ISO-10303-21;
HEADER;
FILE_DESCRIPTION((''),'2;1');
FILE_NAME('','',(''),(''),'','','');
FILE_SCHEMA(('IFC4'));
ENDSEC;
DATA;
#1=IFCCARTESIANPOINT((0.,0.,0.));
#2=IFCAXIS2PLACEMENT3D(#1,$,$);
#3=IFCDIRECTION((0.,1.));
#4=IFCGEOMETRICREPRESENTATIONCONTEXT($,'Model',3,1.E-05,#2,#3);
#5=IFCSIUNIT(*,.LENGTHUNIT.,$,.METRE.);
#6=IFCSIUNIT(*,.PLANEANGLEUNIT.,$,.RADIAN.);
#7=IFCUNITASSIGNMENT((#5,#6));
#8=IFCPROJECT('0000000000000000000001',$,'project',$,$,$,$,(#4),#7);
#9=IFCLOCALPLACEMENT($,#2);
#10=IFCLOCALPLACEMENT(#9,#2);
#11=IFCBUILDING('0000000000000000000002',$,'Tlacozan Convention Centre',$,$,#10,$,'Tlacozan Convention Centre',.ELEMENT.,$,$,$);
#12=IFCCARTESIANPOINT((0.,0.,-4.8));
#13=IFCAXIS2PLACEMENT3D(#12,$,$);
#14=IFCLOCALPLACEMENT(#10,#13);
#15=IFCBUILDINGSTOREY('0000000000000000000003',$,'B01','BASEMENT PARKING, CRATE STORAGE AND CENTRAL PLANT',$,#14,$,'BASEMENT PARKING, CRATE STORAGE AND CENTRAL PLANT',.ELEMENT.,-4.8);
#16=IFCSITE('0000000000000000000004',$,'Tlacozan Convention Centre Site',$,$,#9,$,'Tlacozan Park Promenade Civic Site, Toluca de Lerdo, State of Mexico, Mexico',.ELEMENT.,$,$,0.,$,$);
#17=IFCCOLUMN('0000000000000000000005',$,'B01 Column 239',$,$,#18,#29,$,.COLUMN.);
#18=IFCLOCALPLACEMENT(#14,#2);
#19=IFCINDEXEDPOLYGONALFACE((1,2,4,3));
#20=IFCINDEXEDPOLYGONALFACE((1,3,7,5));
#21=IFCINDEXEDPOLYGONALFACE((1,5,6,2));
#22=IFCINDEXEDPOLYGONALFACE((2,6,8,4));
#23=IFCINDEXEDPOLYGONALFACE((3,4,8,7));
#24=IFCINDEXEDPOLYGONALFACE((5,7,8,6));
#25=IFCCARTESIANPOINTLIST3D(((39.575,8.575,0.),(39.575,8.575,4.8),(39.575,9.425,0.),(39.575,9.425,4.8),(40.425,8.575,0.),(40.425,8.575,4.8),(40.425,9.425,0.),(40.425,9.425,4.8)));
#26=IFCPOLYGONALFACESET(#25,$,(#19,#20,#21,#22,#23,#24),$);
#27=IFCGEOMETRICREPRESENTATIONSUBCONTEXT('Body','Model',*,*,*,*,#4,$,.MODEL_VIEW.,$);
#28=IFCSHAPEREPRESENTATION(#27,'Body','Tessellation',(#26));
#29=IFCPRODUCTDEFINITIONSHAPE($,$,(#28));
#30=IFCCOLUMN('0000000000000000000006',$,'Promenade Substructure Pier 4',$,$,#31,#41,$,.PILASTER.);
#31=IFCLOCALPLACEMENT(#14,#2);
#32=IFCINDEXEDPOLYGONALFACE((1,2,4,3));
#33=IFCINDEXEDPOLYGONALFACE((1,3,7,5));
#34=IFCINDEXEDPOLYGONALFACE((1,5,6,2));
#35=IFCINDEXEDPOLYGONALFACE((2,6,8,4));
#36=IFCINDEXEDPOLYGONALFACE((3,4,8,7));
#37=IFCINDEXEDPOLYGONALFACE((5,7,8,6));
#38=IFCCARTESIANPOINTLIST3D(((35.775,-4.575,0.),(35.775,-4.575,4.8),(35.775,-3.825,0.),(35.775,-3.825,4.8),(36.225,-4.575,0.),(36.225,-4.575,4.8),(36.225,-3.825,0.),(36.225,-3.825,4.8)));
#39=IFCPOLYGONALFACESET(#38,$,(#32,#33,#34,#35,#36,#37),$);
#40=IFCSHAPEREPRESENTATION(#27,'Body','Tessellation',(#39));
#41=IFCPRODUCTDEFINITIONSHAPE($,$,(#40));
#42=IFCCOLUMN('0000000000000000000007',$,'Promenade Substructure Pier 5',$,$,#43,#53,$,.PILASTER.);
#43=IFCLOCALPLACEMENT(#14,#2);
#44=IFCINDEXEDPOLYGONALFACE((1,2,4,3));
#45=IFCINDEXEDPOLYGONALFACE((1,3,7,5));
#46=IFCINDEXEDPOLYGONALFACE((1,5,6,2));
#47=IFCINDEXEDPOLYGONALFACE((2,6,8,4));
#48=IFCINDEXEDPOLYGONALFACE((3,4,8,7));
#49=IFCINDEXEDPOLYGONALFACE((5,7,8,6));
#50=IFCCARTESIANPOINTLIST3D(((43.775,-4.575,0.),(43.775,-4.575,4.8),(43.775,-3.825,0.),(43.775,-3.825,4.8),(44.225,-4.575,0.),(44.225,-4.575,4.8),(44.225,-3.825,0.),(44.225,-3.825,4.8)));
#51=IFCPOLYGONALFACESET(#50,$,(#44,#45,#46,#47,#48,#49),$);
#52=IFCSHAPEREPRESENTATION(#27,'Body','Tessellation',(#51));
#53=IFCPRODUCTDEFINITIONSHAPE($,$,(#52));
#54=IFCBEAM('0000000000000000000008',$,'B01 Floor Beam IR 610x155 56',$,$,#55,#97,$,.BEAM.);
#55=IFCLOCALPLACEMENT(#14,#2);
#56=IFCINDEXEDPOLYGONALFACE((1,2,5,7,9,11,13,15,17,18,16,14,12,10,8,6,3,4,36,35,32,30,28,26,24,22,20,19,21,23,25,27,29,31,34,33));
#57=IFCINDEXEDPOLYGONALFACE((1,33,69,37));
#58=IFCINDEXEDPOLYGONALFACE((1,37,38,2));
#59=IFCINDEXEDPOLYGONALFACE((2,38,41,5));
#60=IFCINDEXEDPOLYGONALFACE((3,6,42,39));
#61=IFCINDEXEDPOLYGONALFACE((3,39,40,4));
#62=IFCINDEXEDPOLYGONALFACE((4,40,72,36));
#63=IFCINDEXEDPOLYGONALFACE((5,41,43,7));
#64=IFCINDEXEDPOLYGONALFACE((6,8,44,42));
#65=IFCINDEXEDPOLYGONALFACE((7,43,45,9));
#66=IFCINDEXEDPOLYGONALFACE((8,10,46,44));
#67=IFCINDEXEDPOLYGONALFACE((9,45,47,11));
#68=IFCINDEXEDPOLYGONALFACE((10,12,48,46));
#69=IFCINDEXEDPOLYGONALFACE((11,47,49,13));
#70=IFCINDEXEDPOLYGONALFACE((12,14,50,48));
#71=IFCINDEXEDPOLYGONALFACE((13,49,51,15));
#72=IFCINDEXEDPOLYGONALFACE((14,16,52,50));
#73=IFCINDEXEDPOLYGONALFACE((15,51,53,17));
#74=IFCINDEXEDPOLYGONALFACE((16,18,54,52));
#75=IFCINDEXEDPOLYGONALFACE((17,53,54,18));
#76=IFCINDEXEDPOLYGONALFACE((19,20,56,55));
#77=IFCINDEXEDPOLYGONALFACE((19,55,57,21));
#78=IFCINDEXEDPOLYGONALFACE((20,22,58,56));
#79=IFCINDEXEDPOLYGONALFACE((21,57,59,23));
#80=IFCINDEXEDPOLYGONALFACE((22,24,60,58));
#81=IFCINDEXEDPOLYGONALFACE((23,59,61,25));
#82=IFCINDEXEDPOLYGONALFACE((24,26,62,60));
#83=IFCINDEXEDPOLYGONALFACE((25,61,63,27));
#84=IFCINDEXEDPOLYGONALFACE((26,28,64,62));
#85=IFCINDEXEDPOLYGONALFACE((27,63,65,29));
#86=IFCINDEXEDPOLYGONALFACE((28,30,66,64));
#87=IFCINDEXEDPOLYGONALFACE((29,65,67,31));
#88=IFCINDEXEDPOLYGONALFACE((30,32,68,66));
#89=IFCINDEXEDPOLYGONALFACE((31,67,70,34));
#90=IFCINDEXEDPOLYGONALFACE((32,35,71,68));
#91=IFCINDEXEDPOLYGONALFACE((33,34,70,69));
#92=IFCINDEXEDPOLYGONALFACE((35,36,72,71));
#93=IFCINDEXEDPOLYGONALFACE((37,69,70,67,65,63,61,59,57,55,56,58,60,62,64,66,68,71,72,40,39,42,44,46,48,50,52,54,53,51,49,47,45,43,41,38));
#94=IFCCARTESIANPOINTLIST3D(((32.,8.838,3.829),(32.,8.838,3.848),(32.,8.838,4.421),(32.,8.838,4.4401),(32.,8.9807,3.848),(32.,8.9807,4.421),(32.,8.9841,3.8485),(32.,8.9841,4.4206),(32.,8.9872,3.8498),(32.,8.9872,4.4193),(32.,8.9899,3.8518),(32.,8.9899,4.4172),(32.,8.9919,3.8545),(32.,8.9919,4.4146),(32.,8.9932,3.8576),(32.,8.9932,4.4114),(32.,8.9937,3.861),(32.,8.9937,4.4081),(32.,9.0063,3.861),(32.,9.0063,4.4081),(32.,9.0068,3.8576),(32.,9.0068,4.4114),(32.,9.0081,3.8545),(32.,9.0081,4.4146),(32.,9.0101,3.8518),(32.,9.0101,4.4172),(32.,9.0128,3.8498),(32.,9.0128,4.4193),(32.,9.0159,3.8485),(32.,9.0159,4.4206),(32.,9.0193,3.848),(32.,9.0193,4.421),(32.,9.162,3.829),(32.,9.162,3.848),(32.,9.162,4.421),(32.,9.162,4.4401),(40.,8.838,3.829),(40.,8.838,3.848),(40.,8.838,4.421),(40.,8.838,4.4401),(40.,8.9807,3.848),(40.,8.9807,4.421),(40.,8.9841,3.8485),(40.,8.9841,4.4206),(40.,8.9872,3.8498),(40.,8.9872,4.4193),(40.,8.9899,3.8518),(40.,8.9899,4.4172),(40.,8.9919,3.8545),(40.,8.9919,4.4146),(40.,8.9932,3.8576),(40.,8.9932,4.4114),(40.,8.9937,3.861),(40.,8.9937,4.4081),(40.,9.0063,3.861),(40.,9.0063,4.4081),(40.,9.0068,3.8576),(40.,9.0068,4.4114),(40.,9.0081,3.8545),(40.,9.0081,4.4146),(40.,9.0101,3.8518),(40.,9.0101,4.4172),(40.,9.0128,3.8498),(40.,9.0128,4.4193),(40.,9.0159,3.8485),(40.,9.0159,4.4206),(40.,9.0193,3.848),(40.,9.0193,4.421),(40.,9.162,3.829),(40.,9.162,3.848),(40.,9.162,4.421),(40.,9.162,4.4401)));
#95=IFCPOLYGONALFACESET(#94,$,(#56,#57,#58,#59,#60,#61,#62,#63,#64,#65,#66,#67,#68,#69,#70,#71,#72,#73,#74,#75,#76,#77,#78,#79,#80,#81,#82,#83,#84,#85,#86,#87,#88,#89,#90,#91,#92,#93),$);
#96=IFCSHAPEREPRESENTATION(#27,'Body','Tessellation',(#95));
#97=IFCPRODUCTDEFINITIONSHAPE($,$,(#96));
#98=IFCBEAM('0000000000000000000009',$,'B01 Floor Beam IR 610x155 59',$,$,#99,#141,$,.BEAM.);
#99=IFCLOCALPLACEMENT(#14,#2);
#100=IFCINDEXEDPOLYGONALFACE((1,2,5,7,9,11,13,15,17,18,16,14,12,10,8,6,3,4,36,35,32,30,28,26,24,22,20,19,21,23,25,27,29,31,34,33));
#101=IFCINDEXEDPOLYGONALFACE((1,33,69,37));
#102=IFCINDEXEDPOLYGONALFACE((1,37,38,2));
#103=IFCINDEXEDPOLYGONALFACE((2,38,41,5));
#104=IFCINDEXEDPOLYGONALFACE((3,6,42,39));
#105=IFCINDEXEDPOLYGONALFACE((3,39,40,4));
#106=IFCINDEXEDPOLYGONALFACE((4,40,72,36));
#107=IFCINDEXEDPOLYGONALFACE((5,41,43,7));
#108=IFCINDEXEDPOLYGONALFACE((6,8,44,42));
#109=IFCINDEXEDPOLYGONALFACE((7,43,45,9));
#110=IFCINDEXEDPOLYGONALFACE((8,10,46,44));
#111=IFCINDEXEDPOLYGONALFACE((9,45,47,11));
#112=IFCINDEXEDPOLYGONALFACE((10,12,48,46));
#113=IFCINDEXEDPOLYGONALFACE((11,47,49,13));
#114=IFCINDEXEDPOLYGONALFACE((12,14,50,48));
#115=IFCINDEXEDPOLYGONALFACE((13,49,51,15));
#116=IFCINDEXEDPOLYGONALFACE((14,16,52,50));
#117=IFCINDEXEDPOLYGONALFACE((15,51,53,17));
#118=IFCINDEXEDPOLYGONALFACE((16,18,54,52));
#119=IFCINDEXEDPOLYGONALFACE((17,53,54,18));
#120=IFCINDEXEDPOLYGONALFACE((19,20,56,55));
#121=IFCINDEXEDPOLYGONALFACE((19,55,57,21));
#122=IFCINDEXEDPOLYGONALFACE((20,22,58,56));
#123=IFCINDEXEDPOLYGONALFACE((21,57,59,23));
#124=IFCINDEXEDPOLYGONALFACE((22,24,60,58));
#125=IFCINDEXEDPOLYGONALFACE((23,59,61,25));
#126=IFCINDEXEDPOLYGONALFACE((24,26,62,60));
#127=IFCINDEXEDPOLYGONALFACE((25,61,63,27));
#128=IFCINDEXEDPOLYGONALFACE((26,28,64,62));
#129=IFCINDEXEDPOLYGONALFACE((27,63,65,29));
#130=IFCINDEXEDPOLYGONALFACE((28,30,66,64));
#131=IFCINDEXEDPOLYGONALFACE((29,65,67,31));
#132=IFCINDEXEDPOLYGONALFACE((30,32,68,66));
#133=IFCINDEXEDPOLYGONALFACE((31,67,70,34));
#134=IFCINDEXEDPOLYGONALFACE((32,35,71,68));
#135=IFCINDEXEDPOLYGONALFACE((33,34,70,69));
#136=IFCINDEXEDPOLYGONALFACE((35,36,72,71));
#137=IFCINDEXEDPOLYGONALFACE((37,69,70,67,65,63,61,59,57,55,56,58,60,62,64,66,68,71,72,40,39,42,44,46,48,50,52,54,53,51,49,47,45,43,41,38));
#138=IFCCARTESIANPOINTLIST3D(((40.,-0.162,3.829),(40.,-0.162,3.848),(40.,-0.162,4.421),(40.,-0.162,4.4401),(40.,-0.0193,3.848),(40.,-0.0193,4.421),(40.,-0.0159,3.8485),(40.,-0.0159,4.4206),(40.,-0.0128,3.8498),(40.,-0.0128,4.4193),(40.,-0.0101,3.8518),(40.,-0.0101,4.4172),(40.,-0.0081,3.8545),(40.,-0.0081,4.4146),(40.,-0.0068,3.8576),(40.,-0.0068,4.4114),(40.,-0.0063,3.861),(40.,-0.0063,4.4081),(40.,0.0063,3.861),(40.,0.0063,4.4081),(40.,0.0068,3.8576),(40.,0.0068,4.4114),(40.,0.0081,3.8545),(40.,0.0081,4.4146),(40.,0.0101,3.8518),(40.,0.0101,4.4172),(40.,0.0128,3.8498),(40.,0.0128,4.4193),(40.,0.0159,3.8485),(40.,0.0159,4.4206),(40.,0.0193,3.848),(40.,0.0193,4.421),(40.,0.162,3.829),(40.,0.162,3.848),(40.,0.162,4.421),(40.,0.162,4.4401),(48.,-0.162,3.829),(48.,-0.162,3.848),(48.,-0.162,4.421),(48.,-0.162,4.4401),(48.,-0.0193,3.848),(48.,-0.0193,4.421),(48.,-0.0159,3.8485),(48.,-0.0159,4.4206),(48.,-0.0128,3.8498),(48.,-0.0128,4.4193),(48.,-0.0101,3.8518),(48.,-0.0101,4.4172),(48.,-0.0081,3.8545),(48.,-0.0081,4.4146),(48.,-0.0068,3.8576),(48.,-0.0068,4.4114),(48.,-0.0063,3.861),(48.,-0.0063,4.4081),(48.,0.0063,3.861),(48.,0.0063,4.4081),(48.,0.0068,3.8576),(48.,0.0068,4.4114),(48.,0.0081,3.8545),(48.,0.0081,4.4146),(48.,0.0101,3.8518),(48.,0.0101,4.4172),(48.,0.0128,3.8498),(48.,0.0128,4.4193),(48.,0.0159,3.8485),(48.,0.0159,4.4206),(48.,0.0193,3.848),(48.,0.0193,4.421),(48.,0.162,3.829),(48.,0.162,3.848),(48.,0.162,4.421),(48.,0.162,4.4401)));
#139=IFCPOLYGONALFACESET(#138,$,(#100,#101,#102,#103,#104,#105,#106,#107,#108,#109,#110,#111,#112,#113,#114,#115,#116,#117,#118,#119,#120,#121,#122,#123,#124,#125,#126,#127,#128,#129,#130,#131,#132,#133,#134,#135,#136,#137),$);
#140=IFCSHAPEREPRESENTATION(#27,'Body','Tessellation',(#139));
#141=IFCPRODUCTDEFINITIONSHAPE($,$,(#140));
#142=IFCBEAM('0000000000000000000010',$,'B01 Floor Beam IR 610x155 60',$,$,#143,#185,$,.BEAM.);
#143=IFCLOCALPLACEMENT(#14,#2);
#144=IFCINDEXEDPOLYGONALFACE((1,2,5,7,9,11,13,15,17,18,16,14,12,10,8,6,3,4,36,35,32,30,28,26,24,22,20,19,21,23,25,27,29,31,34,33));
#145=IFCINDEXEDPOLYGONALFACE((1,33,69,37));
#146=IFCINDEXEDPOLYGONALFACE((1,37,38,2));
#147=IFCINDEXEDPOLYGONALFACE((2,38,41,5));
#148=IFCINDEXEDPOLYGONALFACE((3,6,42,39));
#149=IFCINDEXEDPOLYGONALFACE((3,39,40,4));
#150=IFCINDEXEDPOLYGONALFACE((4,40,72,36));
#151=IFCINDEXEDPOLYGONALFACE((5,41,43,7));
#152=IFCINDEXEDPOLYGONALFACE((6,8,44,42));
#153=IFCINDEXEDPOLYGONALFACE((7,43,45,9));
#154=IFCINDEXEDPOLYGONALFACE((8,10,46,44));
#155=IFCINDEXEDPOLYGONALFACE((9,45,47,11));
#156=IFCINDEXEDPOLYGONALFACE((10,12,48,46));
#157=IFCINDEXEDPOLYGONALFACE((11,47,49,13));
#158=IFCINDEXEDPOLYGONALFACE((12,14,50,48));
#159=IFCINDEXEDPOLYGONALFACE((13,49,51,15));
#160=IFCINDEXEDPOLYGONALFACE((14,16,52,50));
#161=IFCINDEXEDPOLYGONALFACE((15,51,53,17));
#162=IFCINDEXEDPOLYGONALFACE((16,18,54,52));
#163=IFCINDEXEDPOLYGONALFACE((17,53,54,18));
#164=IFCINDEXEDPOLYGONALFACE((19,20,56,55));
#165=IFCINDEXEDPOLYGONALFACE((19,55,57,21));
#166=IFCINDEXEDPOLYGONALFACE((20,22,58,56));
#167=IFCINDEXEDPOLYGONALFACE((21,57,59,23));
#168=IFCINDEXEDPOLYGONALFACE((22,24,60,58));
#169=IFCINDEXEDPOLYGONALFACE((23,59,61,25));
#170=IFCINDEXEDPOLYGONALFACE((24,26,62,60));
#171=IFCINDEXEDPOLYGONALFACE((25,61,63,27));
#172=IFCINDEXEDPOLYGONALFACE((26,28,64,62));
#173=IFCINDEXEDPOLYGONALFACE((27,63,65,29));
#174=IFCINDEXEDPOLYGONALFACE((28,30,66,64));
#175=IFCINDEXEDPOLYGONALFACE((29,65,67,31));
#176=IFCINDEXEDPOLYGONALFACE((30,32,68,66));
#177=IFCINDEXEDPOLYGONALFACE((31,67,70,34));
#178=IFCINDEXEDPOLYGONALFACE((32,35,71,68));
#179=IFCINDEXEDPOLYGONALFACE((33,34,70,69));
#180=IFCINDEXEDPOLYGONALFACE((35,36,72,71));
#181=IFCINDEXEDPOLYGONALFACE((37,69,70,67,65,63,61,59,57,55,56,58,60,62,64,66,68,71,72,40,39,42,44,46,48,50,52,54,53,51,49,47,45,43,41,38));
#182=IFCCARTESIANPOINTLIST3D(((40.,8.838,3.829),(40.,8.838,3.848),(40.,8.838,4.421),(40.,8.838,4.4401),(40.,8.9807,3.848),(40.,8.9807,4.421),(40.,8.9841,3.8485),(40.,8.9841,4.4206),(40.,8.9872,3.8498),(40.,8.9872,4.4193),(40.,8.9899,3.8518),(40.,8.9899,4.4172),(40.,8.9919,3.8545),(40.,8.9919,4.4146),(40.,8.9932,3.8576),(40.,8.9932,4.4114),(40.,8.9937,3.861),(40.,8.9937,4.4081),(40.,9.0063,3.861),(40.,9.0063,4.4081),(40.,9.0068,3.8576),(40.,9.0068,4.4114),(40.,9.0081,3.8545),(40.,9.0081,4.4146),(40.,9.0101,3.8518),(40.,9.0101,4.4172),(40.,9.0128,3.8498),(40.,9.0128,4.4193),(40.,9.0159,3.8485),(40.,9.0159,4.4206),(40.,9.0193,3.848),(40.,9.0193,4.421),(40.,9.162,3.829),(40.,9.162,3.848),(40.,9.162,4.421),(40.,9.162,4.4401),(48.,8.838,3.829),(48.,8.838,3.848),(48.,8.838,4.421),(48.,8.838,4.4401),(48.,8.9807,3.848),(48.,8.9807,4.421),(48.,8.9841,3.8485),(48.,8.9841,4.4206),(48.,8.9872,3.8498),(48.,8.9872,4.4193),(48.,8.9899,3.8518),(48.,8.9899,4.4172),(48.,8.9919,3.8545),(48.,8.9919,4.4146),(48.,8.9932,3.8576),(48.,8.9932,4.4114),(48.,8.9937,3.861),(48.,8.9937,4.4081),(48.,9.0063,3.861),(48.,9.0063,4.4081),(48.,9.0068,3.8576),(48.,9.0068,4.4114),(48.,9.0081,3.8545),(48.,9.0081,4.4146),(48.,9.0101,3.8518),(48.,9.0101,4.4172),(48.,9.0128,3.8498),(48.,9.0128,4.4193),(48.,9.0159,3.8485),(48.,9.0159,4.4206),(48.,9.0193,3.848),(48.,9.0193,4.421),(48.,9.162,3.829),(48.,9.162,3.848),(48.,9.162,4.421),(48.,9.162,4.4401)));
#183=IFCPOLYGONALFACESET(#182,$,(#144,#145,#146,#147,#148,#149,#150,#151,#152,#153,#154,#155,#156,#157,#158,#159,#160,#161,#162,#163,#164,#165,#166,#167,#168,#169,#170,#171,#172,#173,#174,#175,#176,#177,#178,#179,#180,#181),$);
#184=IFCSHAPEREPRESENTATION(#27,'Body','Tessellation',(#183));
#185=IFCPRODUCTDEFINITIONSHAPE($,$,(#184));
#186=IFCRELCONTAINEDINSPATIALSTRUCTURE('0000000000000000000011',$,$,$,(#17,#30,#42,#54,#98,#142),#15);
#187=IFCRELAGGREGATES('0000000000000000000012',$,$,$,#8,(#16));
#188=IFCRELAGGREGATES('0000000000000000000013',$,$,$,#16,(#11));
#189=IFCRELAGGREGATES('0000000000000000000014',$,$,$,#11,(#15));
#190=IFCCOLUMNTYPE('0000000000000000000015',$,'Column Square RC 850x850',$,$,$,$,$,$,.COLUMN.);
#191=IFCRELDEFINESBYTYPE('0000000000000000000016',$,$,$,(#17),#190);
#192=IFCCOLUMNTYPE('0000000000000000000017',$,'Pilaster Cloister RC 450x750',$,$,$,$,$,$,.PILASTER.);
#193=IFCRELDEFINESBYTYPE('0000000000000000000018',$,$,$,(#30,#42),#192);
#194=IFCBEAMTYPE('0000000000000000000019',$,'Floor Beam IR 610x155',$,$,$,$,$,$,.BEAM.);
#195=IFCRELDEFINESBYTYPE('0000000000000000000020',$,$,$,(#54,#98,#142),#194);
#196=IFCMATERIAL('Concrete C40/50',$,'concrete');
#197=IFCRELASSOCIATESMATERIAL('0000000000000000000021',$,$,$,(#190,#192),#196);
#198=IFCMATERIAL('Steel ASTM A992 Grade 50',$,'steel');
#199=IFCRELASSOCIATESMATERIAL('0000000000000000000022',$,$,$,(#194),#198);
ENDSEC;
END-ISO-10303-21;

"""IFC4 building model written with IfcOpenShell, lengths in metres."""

from ifc_helpers import new_model, si_unit, direction, frame, origin, origin_2d, place, context, subcontext, project, spatial, rectangle, i_section, extrude, material, material_profile, profile_set, type_object, element, save


model = new_model("IFC4")

# Units and contexts
model_context = context("Model", 3, precision=1e-05, world=origin(), true_north=direction((0.0, 1.0)))
body_context = subcontext(model_context, "Body", "Model", "MODEL_VIEW")
ifc_project = project(units=[si_unit("LENGTHUNIT", "METRE"), si_unit("PLANEANGLEUNIT", "RADIAN")], contexts=[model_context])

# Site, building, storey
site_placement = place(None, origin())
site = spatial("IfcSite", under=ifc_project, at=site_placement, Name="Tlacozan Convention Centre Site", LongName="Tlacozan Park Promenade Civic Site, Toluca de Lerdo, State of Mexico, Mexico", CompositionType="ELEMENT", RefElevation=0.0)
building_placement = place(site_placement, origin())
building = spatial("IfcBuilding", under=site, at=building_placement, Name="Tlacozan Convention Centre", LongName="Tlacozan Convention Centre", CompositionType="ELEMENT")
storey_placement = place(building_placement, frame((0.0, 0.0, -4.8)))
storey = spatial("IfcBuildingStorey", under=building, at=storey_placement, Name="B01", Description="BASEMENT PARKING, CRATE STORAGE AND CENTRAL PLANT", LongName="BASEMENT PARKING, CRATE STORAGE AND CENTRAL PLANT", CompositionType="ELEMENT", Elevation=-4.8)

# Columns
ifc_material_1 = material(Name="Concrete C40/50", Category="concrete")
ifc_material_profile_1 = material_profile(ifc_material_1, rectangle(XDim=0.8501, YDim=0.8501, at=origin_2d()), Name="RC 850x850")
ifc_profile_set_1 = profile_set([ifc_material_profile_1], Name="Concrete C40/50")
column_type_1 = type_object("IfcColumnType", Name="Column Square RC 850x850", PredefinedType="COLUMN", material=ifc_profile_set_1)
for number, where, z_axis, x_axis, name in (
    (1, (40.0, 9.0, 0.0), (0.0, 0.0, 1.0), (1.0, 0.0, 0.0), "B01 Column 239"),
):
    element("IfcColumn", number, at=place(storey_placement, frame(where, z_axis=z_axis, x_axis=x_axis)), inside=storey, type_object=column_type_1, Name=name, PredefinedType="COLUMN", context=body_context, shape_type="SweptSolid", body=[
        extrude(rectangle(XDim=0.8501, YDim=0.8501, at=origin_2d()), origin(), (0.0, 0.0, 1.0), 4.8),
    ])
ifc_material_profile_2 = material_profile(ifc_material_1, rectangle(XDim=0.45, YDim=0.75, at=origin_2d()), Name="RC 450x750")
ifc_profile_set_2 = profile_set([ifc_material_profile_2], Name="Concrete C40/50")
column_type_2 = type_object("IfcColumnType", Name="Pilaster Cloister RC 450x750", PredefinedType="PILASTER", material=ifc_profile_set_2)
for number, where, z_axis, x_axis, name in (
    (2, (36.0, -4.2, 0.0), (0.0, 0.0, 1.0), (1.0, 0.0, 0.0), "Promenade Substructure Pier 4"),
    (3, (44.0, -4.2, 0.0), (0.0, 0.0, 1.0), (1.0, 0.0, 0.0), "Promenade Substructure Pier 5"),
):
    element("IfcColumn", number, at=place(storey_placement, frame(where, z_axis=z_axis, x_axis=x_axis)), inside=storey, type_object=column_type_2, Name=name, PredefinedType="PILASTER", context=body_context, shape_type="SweptSolid", body=[
        extrude(rectangle(XDim=0.45, YDim=0.75, at=origin_2d()), origin(), (0.0, 0.0, 1.0), 4.8),
    ])

# Beams
ifc_material_2 = material(Name="Steel ASTM A992 Grade 50", Category="steel")
ifc_material_profile_3 = material_profile(ifc_material_2, i_section(OverallWidth=0.324, OverallDepth=0.6111, WebThickness=0.0127, FlangeThickness=0.019, FilletRadius=0.0129, at=origin_2d()), Name="IR 610x155.0")
ifc_profile_set_3 = profile_set([ifc_material_profile_3], Name="Steel ASTM A992 Grade 50")
beam_type_1 = type_object("IfcBeamType", Name="Floor Beam IR 610x155", PredefinedType="BEAM", material=ifc_profile_set_3)
for number, where, z_axis, x_axis, name in (
    (4, (32.0, 9.0, 4.1345), (1.0, 0.0, 0.0), (0.0, 1.0, 0.0), "B01 Floor Beam IR 610x155 56"),
    (5, (40.0, 0.0, 4.1345), (1.0, 0.0, 0.0), (0.0, 1.0, 0.0), "B01 Floor Beam IR 610x155 59"),
    (6, (40.0, 9.0, 4.1345), (1.0, 0.0, 0.0), (0.0, 1.0, 0.0), "B01 Floor Beam IR 610x155 60"),
):
    element("IfcBeam", number, at=place(storey_placement, frame(where, z_axis=z_axis, x_axis=x_axis)), inside=storey, type_object=beam_type_1, Name=name, PredefinedType="BEAM", context=body_context, shape_type="SweptSolid", body=[
        extrude(i_section(OverallWidth=0.324, OverallDepth=0.6111, WebThickness=0.0127, FlangeThickness=0.019, FilletRadius=0.0129, at=origin_2d()), origin(), (0.0, 0.0, 1.0), 8.0),
    ])

save(model, "model.ifc")
